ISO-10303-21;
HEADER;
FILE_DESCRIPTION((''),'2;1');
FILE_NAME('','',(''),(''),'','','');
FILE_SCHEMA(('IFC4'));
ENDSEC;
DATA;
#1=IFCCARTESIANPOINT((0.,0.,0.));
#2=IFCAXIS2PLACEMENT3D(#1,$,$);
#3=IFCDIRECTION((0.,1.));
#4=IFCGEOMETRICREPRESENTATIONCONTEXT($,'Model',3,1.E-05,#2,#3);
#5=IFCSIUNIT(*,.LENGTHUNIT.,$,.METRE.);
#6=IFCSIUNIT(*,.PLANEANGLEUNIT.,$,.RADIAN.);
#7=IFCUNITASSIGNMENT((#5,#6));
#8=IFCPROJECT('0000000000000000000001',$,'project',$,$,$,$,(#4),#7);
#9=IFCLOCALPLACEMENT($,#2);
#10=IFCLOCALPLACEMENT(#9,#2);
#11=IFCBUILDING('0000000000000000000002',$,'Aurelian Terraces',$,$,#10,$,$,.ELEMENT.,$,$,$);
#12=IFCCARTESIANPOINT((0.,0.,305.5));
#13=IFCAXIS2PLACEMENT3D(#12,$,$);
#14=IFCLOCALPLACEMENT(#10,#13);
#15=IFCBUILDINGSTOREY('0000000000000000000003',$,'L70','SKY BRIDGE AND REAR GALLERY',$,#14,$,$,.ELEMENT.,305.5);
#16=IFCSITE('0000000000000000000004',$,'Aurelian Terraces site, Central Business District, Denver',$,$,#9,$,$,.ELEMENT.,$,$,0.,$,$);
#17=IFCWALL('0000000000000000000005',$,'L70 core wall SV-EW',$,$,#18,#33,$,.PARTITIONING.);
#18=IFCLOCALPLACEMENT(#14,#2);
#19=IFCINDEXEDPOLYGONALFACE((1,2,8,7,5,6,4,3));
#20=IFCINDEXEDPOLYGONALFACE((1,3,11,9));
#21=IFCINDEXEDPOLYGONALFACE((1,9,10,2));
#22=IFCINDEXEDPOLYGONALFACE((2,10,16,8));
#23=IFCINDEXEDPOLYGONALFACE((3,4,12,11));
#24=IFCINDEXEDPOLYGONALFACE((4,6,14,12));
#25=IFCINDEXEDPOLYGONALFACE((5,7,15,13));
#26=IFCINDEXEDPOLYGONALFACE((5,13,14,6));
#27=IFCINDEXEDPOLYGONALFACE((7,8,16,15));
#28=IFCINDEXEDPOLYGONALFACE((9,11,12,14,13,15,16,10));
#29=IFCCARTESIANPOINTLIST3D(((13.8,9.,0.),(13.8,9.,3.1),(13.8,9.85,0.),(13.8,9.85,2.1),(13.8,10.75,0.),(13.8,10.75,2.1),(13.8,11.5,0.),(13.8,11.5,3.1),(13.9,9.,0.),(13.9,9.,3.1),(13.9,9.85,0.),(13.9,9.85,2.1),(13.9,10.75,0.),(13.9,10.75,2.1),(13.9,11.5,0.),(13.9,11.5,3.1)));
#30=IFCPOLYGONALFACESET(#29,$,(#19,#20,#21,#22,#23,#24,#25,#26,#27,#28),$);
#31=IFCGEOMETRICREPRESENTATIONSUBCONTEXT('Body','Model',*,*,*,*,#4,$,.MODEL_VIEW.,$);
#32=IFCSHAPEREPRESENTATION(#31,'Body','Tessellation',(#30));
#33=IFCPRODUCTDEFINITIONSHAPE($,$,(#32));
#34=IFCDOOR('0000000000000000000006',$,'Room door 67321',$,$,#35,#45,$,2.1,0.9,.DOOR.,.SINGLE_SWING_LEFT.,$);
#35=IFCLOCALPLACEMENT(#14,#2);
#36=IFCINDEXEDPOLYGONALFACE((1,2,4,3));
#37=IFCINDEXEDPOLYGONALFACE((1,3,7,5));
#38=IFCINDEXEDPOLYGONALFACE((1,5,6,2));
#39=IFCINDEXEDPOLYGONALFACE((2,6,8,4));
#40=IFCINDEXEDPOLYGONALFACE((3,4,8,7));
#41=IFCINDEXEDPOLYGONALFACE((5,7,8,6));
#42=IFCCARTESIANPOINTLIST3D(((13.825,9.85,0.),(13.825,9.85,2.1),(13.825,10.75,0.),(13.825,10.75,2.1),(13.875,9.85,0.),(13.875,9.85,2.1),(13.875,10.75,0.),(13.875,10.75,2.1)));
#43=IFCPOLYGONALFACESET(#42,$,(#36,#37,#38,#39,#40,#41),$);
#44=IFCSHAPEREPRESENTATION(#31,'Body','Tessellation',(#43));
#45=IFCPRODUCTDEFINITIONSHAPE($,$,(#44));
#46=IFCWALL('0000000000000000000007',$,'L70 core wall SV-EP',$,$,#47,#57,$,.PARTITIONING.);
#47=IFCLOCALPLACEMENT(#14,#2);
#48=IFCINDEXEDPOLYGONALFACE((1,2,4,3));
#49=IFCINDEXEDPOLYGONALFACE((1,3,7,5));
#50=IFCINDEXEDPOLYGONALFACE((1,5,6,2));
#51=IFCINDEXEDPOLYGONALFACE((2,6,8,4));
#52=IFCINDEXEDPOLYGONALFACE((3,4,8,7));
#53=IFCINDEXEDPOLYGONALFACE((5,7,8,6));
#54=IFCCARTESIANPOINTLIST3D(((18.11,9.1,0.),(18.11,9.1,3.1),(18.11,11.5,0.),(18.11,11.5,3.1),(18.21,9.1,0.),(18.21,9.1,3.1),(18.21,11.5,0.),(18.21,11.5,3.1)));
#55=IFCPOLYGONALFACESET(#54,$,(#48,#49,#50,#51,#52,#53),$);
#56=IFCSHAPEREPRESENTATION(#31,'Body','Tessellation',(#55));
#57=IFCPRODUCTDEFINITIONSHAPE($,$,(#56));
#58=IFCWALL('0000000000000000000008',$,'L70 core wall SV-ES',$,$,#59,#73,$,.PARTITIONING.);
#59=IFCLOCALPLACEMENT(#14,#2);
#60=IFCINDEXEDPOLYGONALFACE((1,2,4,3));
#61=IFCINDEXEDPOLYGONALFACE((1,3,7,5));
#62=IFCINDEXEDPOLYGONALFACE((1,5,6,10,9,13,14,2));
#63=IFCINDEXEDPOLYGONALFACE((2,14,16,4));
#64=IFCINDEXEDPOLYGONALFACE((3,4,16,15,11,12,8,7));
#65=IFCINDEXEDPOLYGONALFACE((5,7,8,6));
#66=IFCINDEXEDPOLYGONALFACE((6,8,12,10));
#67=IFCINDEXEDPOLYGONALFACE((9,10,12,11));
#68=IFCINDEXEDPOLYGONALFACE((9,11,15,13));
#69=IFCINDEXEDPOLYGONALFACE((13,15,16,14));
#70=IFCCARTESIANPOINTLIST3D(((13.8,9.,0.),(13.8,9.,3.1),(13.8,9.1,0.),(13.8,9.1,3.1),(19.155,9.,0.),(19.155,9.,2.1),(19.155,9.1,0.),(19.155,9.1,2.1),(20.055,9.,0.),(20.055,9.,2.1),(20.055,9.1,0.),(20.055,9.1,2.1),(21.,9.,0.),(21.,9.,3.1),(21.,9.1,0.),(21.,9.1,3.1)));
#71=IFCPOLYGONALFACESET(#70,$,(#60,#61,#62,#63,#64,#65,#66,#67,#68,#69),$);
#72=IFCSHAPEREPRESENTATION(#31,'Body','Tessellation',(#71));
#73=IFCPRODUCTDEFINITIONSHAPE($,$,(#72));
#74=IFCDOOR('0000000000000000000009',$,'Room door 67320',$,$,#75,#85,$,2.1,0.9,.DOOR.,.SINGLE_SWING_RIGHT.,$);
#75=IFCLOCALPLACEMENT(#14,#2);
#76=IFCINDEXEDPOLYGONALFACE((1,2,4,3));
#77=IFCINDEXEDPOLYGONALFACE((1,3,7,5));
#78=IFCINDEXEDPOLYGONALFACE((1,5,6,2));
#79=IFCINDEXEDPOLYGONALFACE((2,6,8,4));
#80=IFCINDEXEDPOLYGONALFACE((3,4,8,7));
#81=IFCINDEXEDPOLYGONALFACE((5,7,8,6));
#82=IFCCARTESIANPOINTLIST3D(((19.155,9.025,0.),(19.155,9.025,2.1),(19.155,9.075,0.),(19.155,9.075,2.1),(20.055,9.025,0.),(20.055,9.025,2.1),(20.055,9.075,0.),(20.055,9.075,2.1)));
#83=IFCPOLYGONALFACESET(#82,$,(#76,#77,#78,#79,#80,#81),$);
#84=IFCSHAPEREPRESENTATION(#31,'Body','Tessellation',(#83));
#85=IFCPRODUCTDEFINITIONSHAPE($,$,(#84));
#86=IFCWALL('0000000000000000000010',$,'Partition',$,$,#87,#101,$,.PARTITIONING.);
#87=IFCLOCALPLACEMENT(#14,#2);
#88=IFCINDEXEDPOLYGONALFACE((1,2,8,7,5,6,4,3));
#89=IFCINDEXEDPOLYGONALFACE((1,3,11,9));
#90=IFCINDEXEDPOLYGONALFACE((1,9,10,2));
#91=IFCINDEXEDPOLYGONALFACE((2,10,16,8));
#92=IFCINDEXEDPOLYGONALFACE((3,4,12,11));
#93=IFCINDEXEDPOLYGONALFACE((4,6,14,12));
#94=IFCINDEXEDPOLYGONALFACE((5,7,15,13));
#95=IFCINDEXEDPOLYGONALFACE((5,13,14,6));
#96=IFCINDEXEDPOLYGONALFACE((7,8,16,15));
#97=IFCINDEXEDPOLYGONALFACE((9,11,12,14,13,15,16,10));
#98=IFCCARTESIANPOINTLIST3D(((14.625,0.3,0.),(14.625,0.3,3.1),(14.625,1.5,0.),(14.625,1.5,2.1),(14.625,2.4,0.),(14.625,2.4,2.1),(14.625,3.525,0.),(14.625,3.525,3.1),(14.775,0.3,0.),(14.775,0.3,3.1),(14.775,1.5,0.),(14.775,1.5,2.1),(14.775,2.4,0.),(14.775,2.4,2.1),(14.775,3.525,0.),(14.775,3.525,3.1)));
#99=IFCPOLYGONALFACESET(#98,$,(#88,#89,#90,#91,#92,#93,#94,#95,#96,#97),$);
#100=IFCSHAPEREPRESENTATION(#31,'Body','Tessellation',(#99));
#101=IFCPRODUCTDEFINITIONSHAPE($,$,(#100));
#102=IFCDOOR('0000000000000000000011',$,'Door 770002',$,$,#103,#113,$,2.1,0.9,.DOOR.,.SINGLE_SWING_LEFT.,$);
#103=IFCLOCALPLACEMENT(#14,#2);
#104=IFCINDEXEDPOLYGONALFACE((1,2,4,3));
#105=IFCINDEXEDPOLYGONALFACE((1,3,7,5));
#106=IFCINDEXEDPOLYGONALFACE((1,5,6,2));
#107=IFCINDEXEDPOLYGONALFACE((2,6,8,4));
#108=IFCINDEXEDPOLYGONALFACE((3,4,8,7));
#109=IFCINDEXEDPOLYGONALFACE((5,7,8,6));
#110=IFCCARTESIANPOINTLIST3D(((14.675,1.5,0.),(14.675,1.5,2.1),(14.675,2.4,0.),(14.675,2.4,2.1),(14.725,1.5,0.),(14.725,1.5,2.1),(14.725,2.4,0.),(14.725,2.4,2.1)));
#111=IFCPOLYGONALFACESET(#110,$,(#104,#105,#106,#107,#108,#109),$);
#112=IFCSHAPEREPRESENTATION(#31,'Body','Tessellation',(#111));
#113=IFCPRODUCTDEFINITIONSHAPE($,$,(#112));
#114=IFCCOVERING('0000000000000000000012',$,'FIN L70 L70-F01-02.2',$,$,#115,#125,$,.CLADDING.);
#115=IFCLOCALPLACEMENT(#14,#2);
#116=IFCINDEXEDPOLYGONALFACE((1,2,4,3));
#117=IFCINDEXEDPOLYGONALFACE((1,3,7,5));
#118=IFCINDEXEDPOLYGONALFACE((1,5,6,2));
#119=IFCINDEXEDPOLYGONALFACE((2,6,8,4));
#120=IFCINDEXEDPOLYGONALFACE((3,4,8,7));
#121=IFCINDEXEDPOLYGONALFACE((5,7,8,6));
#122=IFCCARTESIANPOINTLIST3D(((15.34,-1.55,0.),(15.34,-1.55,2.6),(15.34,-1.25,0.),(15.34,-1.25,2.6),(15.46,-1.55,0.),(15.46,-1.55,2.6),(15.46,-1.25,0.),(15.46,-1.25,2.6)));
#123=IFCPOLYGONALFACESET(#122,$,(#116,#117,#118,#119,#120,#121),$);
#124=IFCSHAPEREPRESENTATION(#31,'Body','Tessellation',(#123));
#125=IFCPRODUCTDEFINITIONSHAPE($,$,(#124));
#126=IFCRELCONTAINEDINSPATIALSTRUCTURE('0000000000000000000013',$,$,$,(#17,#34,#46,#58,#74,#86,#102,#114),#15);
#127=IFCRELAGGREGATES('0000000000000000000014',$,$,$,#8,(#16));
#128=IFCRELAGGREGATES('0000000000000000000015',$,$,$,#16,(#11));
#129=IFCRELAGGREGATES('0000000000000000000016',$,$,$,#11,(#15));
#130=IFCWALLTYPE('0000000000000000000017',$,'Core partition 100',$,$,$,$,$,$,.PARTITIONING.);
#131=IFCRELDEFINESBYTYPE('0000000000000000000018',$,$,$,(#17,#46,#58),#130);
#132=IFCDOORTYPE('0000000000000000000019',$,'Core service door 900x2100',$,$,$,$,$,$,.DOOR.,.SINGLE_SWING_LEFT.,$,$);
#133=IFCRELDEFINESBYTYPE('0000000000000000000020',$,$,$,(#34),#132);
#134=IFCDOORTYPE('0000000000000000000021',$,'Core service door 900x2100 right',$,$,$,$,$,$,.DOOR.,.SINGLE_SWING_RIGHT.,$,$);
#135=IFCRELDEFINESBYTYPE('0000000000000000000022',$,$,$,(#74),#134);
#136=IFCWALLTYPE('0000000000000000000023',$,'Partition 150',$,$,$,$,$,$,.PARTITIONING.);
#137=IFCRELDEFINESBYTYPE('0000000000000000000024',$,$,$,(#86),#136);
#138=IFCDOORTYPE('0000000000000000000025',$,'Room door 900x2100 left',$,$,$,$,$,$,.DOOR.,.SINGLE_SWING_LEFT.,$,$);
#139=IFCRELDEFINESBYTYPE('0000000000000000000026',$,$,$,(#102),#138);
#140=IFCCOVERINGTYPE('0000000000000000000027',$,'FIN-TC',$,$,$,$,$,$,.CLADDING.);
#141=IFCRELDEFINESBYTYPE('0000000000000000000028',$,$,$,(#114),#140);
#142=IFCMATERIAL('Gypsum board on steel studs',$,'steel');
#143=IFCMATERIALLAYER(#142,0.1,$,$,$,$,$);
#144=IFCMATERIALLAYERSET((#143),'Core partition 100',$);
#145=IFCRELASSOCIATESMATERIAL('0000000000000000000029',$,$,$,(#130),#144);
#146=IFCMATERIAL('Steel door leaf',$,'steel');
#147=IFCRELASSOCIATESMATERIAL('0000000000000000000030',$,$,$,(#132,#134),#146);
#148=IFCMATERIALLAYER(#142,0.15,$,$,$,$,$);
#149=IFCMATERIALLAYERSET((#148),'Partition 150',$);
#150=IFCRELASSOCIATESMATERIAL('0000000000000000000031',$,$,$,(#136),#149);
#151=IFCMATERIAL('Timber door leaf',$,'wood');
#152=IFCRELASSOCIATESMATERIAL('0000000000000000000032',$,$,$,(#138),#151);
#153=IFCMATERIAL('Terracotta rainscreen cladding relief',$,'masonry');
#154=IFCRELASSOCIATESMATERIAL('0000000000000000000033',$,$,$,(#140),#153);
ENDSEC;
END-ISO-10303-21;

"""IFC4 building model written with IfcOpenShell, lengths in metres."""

from ifc_helpers import new_model, si_unit, direction, frame, frame_2d, origin, origin_2d, place, context, subcontext, project, spatial, rectangle, extrude, source, transform, mapped, material, layer, layer_set, type_object, element, fill, save


model = new_model("IFC4")

# Units and contexts
model_context = context("Model", 3, precision=1e-05, world=origin(), true_north=direction((0.0, 1.0)))
body_context = subcontext(model_context, "Body", "Model", "MODEL_VIEW")
ifc_project = project(units=[si_unit("LENGTHUNIT", "METRE"), si_unit("PLANEANGLEUNIT", "RADIAN")], contexts=[model_context])

# Site, building, storey
site_placement = place(None, origin())
site = spatial("IfcSite", under=ifc_project, at=site_placement, Name="Aurelian Terraces site, Central Business District, Denver", CompositionType="ELEMENT", RefElevation=0.0)
building_placement = place(site_placement, origin())
building = spatial("IfcBuilding", under=site, at=building_placement, Name="Aurelian Terraces", CompositionType="ELEMENT")
storey_placement = place(building_placement, frame((0.0, 0.0, 305.5)))
storey = spatial("IfcBuildingStorey", under=building, at=storey_placement, Name="L70", Description="SKY BRIDGE AND REAR GALLERY", CompositionType="ELEMENT", Elevation=305.5)

# Shared definitions
ifc_material_1 = material(Name="Steel door leaf", Category="steel")

# Wall, opening, door
ifc_material_2 = material(Name="Gypsum board on steel studs", Category="steel")
ifc_layer_1 = layer(ifc_material_2, 0.1)
ifc_layer_set_1 = layer_set([ifc_layer_1], Name="Core partition 100")
wall_type_1 = type_object("IfcWallType", Name="Core partition 100", PredefinedType="PARTITIONING", material=ifc_layer_set_1)
shared_shape_1 = source(origin(), body_context, "Body", "SweptSolid", [
    extrude(rectangle(XDim=2.5, YDim=0.1, at=frame_2d((1.25, 0.0))), origin(), (0.0, 0.0, 1.0), 3.1),
])
wall_1_placement = place(storey_placement, frame((13.85, 9.0, 0.0), z_axis=(0.0, 0.0, 1.0), x_axis=(0.0, 1.0, 0.0)))
wall_1 = element("IfcWall", 1, at=wall_1_placement, inside=storey, type_object=wall_type_1, Name="L70 core wall SV-EW", PredefinedType="PARTITIONING", context=body_context, shape_type="MappedRepresentation", body=[
    mapped(shared_shape_1, transform((0.0, 0.0, 0.0), scale=1.0)),
])
shared_shape_2 = source(origin(), body_context, "Body", "SweptSolid", [
    extrude(rectangle(XDim=0.9, YDim=2.1, at=frame_2d((0.45, 1.05))), frame((0.0, 0.06, 0.0), z_axis=(0.0, -1.0, 0.0), x_axis=(1.0, 0.0, 0.0)), (0.0, 0.0, 1.0), 0.12),
])
opening_1_placement = place(wall_1_placement, frame((0.85, 0.0, 0.0)))
opening_1 = element("IfcOpeningElement", 2, at=opening_1_placement, cuts=wall_1, PredefinedType="OPENING", context=body_context, shape_type="MappedRepresentation", body=[
    mapped(shared_shape_2, transform((0.0, 0.0, 0.0), scale=1.0)),
])
door_type_1 = type_object("IfcDoorType", Name="Core service door 900x2100", OperationType="SINGLE_SWING_LEFT", PredefinedType="DOOR", material=ifc_material_1)
shared_shape_3 = source(origin(), body_context, "Body", "SweptSolid", [
    extrude(rectangle(XDim=0.9, YDim=2.1, at=frame_2d((0.45, 1.05))), frame((0.0, 0.025, 0.0), z_axis=(0.0, -1.0, 0.0), x_axis=(1.0, 0.0, 0.0)), (0.0, 0.0, 1.0), 0.05),
])
door_1_placement = place(opening_1_placement, origin())
door_1 = element("IfcDoor", 3, at=door_1_placement, inside=storey, type_object=door_type_1, Name="Room door 67321", OperationType="SINGLE_SWING_LEFT", OverallHeight=2.1, OverallWidth=0.9, PredefinedType="DOOR", context=body_context, shape_type="MappedRepresentation", body=[
    mapped(shared_shape_3, transform((0.0, 0.0, 0.0), scale=1.0)),
])
fill(opening_1, door_1)

# Wall
shared_shape_4 = source(origin(), body_context, "Body", "SweptSolid", [
    extrude(rectangle(XDim=2.4, YDim=0.1, at=frame_2d((1.2, 0.0))), origin(), (0.0, 0.0, 1.0), 3.1),
])
wall_2_placement = place(storey_placement, frame((18.16, 9.1, 0.0), z_axis=(0.0, 0.0, 1.0), x_axis=(0.0, 1.0, 0.0)))
element("IfcWall", 4, at=wall_2_placement, inside=storey, type_object=wall_type_1, Name="L70 core wall SV-EP", PredefinedType="PARTITIONING", context=body_context, shape_type="MappedRepresentation", body=[
    mapped(shared_shape_4, transform((0.0, 0.0, 0.0), scale=1.0)),
])

# Walls, openings, doors
shared_shape_5 = source(origin(), body_context, "Body", "SweptSolid", [
    extrude(rectangle(XDim=7.2, YDim=0.1, at=frame_2d((3.6, 0.0))), origin(), (0.0, 0.0, 1.0), 3.1),
])
wall_3_placement = place(storey_placement, frame((13.8, 9.05, 0.0), z_axis=(0.0, 0.0, 1.0), x_axis=(1.0, 0.0, 0.0)))
wall_3 = element("IfcWall", 5, at=wall_3_placement, inside=storey, type_object=wall_type_1, Name="L70 core wall SV-ES", PredefinedType="PARTITIONING", context=body_context, shape_type="MappedRepresentation", body=[
    mapped(shared_shape_5, transform((0.0, 0.0, 0.0), scale=1.0)),
])
opening_2_placement = place(wall_3_placement, frame((5.355, 0.0, 0.0)))
opening_2 = element("IfcOpeningElement", 6, at=opening_2_placement, cuts=wall_3, PredefinedType="OPENING", context=body_context, shape_type="MappedRepresentation", body=[
    mapped(shared_shape_2, transform((0.0, 0.0, 0.0), scale=1.0)),
])
door_type_2 = type_object("IfcDoorType", Name="Core service door 900x2100 right", OperationType="SINGLE_SWING_RIGHT", PredefinedType="DOOR", material=ifc_material_1)
door_2_placement = place(opening_2_placement, origin())
door_2 = element("IfcDoor", 7, at=door_2_placement, inside=storey, type_object=door_type_2, Name="Room door 67320", OperationType="SINGLE_SWING_RIGHT", OverallHeight=2.1, OverallWidth=0.9, PredefinedType="DOOR", context=body_context, shape_type="MappedRepresentation", body=[
    mapped(shared_shape_3, transform((0.0, 0.0, 0.0), scale=1.0)),
])
fill(opening_2, door_2)
ifc_layer_2 = layer(ifc_material_2, 0.15)
ifc_layer_set_2 = layer_set([ifc_layer_2], Name="Partition 150")
wall_type_2 = type_object("IfcWallType", Name="Partition 150", PredefinedType="PARTITIONING", material=ifc_layer_set_2)
shared_shape_6 = source(origin(), body_context, "Body", "SweptSolid", [
    extrude(rectangle(XDim=3.225, YDim=0.15, at=frame_2d((1.6125, 0.0))), origin(), (0.0, 0.0, 1.0), 3.1),
])
wall_4_placement = place(storey_placement, frame((14.7, 3.525, 0.0), z_axis=(0.0, 0.0, 1.0), x_axis=(0.0, -1.0, 0.0)))
wall_4 = element("IfcWall", 8, at=wall_4_placement, inside=storey, type_object=wall_type_2, Name="Partition", PredefinedType="PARTITIONING", context=body_context, shape_type="MappedRepresentation", body=[
    mapped(shared_shape_6, transform((0.0, 0.0, 0.0), scale=1.0)),
])
shared_shape_7 = source(origin(), body_context, "Body", "SweptSolid", [
    extrude(rectangle(XDim=0.9, YDim=2.1, at=frame_2d((0.45, 1.05))), frame((0.0, 0.085, 0.0), z_axis=(0.0, -1.0, 0.0), x_axis=(1.0, 0.0, 0.0)), (0.0, 0.0, 1.0), 0.17),
])
opening_3_placement = place(wall_4_placement, frame((1.125, 0.0, 0.0)))
opening_3 = element("IfcOpeningElement", 9, at=opening_3_placement, cuts=wall_4, PredefinedType="OPENING", context=body_context, shape_type="MappedRepresentation", body=[
    mapped(shared_shape_7, transform((0.0, 0.0, 0.0), scale=1.0)),
])
ifc_material_3 = material(Name="Timber door leaf", Category="wood")
door_type_3 = type_object("IfcDoorType", Name="Room door 900x2100 left", OperationType="SINGLE_SWING_LEFT", PredefinedType="DOOR", material=ifc_material_3)
door_3_placement = place(opening_3_placement, origin())
door_3 = element("IfcDoor", 10, at=door_3_placement, inside=storey, type_object=door_type_3, Name="Door 770002", OperationType="SINGLE_SWING_LEFT", OverallHeight=2.1, OverallWidth=0.9, PredefinedType="DOOR", context=body_context, shape_type="MappedRepresentation", body=[
    mapped(shared_shape_3, transform((0.0, 0.0, 0.0), scale=1.0)),
])
fill(opening_3, door_3)

# Covering
ifc_material_4 = material(Name="Terracotta rainscreen cladding relief", Category="masonry")
covering_type = type_object("IfcCoveringType", Name="FIN-TC", PredefinedType="CLADDING", material=ifc_material_4)
shared_shape_8 = source(origin(), body_context, "Body", "SweptSolid", [
    extrude(rectangle(XDim=0.12, YDim=0.3, at=origin_2d()), origin(), (0.0, 0.0, 1.0), 2.6),
])
covering_placement = place(storey_placement, frame((15.4, -1.4, 0.0), z_axis=(0.0, 0.0, 1.0), x_axis=(1.0, 0.0, 0.0)))
element("IfcCovering", 11, at=covering_placement, inside=storey, type_object=covering_type, Name="FIN L70 L70-F01-02.2", PredefinedType="CLADDING", context=body_context, shape_type="MappedRepresentation", body=[
    mapped(shared_shape_8, transform((0.0, 0.0, 0.0), scale=1.0)),
])

save(model, "model.ifc")
